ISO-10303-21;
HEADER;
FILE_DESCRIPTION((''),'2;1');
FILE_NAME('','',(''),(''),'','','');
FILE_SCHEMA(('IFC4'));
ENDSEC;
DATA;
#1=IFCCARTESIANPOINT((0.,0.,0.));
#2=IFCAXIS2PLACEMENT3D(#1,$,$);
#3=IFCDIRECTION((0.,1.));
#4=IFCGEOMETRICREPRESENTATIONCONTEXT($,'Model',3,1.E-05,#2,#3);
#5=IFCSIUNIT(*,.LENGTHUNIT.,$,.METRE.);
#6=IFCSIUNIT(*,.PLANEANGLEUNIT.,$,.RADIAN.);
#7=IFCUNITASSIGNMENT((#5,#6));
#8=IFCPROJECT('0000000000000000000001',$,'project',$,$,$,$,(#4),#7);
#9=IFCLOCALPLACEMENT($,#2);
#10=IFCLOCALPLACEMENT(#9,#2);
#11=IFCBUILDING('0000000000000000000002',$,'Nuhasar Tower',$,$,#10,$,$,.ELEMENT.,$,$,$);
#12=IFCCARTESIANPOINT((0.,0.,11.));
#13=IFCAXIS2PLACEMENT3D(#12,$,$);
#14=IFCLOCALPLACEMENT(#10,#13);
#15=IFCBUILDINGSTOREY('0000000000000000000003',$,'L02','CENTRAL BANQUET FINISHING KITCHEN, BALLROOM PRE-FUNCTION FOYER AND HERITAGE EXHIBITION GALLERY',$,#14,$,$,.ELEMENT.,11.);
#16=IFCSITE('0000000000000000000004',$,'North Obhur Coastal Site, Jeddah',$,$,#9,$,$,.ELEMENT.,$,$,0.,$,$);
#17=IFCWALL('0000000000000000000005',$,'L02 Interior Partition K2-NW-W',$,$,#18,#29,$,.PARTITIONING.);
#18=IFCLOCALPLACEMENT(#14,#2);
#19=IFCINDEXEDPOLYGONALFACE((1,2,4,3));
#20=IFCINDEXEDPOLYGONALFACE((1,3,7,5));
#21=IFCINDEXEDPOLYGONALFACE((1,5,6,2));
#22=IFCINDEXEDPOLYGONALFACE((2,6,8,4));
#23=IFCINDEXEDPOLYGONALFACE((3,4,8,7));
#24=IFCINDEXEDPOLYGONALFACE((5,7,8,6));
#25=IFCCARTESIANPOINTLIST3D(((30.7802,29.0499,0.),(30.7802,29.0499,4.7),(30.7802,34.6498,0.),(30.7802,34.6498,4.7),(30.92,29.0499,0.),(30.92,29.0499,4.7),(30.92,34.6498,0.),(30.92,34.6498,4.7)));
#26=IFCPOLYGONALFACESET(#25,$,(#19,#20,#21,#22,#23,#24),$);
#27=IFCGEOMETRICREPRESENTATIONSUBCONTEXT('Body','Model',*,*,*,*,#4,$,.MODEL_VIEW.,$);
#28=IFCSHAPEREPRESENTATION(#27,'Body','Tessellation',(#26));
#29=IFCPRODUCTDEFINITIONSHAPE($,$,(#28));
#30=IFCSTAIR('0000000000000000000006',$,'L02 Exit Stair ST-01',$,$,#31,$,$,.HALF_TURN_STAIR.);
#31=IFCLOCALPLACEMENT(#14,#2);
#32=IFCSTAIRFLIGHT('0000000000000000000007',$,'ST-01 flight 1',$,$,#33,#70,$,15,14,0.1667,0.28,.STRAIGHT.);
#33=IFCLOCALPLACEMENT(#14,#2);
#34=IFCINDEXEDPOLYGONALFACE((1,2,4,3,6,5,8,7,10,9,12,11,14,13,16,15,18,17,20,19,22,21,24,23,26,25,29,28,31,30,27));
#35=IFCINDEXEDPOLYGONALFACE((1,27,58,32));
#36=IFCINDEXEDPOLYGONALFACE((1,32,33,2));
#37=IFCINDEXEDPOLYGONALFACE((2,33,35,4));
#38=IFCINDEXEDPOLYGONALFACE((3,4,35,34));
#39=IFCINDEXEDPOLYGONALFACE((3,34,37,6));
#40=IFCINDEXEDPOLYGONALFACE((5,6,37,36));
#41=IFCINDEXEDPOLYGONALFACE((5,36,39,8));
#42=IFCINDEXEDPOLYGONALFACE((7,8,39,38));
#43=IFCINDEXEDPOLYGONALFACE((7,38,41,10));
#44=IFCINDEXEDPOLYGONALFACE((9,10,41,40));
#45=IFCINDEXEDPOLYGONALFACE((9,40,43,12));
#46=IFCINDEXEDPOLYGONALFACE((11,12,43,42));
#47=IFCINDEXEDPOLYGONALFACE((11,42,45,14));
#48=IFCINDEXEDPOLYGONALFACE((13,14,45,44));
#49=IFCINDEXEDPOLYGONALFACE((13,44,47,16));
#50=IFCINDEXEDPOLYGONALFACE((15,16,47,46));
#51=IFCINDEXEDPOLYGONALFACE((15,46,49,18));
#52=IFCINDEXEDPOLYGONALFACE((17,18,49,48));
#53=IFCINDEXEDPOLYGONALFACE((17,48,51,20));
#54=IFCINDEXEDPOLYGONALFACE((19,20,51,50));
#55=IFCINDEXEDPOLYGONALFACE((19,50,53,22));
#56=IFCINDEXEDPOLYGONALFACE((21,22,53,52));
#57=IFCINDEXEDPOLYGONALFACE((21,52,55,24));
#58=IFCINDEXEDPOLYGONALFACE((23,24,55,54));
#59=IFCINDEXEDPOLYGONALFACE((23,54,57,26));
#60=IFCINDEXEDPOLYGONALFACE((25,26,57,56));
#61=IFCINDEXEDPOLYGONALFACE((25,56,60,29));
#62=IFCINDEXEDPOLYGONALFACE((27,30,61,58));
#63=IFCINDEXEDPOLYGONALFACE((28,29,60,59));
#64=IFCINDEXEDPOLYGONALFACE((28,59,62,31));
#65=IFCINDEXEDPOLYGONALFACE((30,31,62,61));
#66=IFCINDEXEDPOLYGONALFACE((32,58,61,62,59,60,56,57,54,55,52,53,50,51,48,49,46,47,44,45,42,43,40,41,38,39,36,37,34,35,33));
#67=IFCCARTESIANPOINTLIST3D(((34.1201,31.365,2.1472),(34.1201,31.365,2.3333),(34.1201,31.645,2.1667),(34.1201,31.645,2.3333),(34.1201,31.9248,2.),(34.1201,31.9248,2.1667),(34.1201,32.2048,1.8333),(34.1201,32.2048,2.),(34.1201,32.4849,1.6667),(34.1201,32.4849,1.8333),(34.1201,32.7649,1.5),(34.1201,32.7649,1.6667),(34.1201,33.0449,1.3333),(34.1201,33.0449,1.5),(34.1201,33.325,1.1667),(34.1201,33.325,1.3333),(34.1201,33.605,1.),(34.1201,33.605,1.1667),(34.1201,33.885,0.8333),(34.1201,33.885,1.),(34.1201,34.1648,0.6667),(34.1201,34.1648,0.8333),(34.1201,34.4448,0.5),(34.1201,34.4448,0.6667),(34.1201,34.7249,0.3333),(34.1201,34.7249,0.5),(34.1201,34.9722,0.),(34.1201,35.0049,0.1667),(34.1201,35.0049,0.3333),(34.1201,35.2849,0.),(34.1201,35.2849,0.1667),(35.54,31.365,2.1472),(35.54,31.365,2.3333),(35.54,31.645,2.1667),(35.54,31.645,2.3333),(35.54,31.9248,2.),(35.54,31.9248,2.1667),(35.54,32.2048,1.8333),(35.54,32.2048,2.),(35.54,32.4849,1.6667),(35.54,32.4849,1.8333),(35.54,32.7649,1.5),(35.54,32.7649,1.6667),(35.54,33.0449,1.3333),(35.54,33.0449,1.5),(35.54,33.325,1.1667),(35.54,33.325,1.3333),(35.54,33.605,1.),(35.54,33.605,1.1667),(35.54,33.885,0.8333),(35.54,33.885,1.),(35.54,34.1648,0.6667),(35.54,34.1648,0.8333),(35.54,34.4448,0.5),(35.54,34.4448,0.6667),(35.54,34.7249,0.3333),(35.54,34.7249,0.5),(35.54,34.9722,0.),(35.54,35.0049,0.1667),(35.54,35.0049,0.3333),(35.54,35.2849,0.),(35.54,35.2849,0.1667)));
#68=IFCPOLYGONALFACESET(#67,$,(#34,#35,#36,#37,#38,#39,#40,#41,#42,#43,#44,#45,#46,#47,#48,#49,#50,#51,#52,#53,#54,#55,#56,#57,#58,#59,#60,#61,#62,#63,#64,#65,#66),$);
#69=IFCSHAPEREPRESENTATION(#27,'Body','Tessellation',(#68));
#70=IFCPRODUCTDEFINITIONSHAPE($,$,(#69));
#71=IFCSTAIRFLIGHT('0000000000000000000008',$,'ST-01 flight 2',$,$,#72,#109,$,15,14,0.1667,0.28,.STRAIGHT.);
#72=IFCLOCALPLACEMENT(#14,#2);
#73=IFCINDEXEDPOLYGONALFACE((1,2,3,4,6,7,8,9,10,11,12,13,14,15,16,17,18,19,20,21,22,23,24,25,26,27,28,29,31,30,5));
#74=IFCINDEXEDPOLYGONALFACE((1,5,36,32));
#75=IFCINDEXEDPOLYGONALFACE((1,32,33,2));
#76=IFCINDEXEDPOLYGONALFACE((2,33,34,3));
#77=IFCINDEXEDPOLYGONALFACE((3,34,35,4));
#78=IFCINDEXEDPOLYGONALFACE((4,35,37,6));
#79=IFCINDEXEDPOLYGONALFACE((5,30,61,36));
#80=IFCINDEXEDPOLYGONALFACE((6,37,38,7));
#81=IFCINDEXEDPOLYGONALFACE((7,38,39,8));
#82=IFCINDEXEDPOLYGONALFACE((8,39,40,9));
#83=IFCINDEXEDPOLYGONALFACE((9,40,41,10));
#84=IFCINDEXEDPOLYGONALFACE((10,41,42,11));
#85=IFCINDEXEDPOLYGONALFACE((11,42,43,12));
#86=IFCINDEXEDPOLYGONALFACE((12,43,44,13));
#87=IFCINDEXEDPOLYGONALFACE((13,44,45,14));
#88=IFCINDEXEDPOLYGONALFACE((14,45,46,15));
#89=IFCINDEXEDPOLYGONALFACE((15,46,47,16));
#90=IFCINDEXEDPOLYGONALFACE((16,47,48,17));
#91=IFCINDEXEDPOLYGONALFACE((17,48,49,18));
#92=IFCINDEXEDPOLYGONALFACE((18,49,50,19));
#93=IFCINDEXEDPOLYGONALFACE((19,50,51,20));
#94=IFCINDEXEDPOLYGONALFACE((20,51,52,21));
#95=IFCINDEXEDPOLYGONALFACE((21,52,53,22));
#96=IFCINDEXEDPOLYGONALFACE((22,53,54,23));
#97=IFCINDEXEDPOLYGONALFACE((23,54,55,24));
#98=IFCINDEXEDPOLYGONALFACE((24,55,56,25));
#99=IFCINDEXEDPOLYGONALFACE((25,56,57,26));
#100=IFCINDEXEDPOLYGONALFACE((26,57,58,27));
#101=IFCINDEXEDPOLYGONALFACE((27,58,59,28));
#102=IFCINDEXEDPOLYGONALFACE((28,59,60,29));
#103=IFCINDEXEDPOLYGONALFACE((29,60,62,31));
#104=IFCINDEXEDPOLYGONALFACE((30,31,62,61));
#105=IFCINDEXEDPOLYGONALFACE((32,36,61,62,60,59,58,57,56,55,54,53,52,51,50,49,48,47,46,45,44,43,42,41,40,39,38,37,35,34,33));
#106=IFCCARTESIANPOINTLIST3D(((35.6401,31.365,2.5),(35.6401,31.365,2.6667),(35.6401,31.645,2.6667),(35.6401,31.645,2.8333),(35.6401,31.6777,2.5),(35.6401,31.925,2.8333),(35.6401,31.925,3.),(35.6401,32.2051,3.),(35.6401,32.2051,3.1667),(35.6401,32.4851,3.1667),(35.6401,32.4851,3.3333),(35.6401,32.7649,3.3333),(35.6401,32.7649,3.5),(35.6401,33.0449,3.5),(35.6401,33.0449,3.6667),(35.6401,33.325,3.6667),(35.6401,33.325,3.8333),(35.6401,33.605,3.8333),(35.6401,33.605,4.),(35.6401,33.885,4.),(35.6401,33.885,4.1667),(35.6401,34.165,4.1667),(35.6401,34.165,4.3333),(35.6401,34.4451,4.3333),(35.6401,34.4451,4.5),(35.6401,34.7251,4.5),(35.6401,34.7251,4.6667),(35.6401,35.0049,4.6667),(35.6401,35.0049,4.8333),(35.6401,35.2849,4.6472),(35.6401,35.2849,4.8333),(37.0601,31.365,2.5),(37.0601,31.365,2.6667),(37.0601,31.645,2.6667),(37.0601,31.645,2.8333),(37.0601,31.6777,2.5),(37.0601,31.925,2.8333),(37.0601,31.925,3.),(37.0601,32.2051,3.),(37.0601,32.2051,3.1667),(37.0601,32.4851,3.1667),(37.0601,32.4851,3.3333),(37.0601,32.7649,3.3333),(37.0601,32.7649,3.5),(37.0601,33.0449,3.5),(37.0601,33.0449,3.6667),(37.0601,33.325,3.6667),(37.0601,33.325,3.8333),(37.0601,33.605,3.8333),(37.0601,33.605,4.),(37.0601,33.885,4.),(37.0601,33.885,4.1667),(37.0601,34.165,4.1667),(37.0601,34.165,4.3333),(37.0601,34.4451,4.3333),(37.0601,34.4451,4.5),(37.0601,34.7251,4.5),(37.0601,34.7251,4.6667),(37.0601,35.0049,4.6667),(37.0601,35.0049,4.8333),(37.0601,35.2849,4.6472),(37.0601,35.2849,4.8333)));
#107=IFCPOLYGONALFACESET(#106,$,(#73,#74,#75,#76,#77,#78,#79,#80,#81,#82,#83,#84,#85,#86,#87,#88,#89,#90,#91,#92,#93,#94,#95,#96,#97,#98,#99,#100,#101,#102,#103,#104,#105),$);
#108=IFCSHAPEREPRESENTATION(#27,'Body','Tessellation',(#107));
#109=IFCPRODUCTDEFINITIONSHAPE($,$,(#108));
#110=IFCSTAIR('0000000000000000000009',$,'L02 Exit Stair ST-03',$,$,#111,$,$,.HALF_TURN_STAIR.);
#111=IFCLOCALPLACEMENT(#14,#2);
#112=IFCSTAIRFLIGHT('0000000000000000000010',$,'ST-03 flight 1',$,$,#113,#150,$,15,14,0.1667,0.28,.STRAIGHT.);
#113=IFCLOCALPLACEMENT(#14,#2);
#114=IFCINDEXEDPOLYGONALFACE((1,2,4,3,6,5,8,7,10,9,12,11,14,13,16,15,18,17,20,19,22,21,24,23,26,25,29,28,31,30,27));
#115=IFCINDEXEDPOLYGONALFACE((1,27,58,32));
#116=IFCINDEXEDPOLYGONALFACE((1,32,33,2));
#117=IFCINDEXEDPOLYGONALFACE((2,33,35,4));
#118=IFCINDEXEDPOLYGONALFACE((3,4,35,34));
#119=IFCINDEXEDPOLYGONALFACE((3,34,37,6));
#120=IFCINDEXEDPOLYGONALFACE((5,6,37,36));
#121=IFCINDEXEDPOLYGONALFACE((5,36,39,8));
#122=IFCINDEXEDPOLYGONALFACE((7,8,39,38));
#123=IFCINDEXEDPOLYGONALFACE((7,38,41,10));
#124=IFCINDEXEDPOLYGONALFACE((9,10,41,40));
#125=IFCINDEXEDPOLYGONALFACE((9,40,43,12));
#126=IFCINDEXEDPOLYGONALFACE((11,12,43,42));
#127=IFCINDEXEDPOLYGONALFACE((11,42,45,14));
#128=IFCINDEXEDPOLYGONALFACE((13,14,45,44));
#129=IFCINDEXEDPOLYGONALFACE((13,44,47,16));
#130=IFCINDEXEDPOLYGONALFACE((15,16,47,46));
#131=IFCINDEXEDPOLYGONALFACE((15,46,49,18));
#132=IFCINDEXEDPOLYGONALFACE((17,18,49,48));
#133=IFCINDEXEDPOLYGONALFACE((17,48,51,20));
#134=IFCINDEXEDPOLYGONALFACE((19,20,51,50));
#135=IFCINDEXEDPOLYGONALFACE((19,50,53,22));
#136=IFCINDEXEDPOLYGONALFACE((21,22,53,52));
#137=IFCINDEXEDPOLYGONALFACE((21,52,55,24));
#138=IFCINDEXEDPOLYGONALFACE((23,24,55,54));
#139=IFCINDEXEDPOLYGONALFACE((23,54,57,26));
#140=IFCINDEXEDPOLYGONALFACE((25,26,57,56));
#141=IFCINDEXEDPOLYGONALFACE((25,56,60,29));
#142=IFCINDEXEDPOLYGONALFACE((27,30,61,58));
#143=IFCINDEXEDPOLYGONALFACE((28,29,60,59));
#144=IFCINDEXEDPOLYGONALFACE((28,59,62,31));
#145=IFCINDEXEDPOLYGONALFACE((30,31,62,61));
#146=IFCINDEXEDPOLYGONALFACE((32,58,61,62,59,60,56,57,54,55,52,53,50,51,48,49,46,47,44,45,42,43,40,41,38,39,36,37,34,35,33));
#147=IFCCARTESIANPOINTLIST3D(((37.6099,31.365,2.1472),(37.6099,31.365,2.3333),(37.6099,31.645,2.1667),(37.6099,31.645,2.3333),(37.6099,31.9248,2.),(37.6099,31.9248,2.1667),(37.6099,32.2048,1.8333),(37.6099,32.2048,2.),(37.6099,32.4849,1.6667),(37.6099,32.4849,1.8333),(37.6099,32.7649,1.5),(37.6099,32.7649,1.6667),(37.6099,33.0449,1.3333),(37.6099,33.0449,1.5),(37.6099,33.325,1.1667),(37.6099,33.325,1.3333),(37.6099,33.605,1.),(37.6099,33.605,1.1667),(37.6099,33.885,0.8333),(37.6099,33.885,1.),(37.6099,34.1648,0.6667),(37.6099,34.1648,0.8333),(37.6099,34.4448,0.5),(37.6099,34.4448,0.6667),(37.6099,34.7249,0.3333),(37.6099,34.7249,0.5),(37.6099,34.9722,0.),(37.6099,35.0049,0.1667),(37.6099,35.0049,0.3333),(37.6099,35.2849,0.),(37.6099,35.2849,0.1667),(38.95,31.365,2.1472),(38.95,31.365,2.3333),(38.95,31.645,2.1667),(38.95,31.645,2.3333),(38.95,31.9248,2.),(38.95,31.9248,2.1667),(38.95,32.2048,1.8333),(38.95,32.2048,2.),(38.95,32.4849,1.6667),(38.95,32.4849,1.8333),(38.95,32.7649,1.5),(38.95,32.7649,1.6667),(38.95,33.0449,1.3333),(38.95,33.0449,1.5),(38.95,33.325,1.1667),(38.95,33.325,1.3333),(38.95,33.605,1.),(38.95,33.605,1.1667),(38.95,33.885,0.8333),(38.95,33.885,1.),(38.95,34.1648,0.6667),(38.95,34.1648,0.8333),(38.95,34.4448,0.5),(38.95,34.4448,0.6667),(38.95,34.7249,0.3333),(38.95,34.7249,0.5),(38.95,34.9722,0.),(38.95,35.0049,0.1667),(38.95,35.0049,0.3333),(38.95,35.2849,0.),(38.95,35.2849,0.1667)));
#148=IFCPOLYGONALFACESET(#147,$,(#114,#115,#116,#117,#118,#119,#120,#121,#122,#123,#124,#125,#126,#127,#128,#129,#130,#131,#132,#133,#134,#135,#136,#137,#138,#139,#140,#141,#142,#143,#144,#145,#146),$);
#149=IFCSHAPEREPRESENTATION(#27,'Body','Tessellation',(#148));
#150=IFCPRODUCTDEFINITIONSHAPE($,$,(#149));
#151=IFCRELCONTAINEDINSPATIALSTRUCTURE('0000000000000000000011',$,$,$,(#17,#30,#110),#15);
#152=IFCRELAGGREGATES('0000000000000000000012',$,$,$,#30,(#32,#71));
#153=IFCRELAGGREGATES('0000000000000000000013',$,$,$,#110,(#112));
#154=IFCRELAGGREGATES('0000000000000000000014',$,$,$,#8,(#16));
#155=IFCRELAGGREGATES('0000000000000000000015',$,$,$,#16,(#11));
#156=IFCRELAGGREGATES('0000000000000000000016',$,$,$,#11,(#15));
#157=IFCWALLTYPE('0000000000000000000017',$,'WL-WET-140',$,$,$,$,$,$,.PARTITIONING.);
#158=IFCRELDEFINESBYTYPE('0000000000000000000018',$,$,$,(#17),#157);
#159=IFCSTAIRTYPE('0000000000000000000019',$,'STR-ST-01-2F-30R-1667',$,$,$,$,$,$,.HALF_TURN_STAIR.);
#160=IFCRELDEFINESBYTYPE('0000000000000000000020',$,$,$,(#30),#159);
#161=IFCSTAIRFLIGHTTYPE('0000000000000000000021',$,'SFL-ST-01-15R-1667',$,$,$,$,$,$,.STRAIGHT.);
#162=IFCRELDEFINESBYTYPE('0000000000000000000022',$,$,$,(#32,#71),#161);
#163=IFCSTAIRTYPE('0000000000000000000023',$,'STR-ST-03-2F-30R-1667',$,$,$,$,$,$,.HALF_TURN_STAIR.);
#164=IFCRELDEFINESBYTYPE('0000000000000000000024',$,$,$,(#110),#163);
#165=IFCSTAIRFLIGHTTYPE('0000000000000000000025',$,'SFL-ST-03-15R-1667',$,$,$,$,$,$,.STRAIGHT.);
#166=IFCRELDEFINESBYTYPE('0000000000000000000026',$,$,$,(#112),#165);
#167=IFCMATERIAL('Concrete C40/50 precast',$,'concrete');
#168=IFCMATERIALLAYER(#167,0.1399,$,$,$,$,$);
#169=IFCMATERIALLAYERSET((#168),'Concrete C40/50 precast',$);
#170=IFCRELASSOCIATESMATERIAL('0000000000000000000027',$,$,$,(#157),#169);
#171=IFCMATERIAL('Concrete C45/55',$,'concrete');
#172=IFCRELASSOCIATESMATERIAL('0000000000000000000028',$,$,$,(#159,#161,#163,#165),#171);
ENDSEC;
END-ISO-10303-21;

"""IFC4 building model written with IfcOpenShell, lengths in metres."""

from ifc_helpers import new_model, si_unit, direction, frame, frame_2d, origin, place, context, subcontext, project, spatial, polyline, rectangle, outline, extrude, material, layer, layer_set, type_object, element, aggregate, save


model = new_model("IFC4")

# Units and contexts
model_context = context("Model", 3, precision=1e-05, world=origin(), true_north=direction((0.0, 1.0)))
body_context = subcontext(model_context, "Body", "Model", "MODEL_VIEW")
ifc_project = project(units=[si_unit("LENGTHUNIT", "METRE"), si_unit("PLANEANGLEUNIT", "RADIAN")], contexts=[model_context])

# Site, building, storey
site_placement = place(None, origin())
site = spatial("IfcSite", under=ifc_project, at=site_placement, Name="North Obhur Coastal Site, Jeddah", CompositionType="ELEMENT", RefElevation=0.0)
building_placement = place(site_placement, origin())
building = spatial("IfcBuilding", under=site, at=building_placement, Name="Nuhasar Tower", CompositionType="ELEMENT")
storey_placement = place(building_placement, frame((0.0, 0.0, 11.0)))
storey = spatial("IfcBuildingStorey", under=building, at=storey_placement, Name="L02", Description="CENTRAL BANQUET FINISHING KITCHEN, BALLROOM PRE-FUNCTION FOYER AND HERITAGE EXHIBITION GALLERY", CompositionType="ELEMENT", Elevation=11.0)

# Shared definitions
ifc_material_1 = material(Name="Concrete C45/55", Category="concrete")
ifc_material_2 = material(Name="Concrete C40/50 precast", Category="concrete")
ifc_layer_1 = layer(ifc_material_2, 0.1399)
ifc_layer_set_1 = layer_set([ifc_layer_1], Name="Concrete C40/50 precast")
wall_type_1 = type_object("IfcWallType", Name="WL-WET-140", PredefinedType="PARTITIONING", material=ifc_layer_set_1)

# Wall
wall_1_placement = place(storey_placement, frame((30.8501, 29.05, 0.0), z_axis=(0.0, 0.0, 1.0), x_axis=(0.0, 1.0, 0.0)))
element("IfcWall", 1, at=wall_1_placement, inside=storey, type_object=wall_type_1, Name="L02 Interior Partition K2-NW-W", PredefinedType="PARTITIONING", context=body_context, shape_type="SweptSolid", body=[
    extrude(rectangle(XDim=5.5999, YDim=0.1399, at=frame_2d((2.7998, 0.0))), origin(), (0.0, 0.0, 1.0), 4.7),
])

# Stair, stair flights
stair_type_1 = type_object("IfcStairType", Name="STR-ST-01-2F-30R-1667", PredefinedType="HALF_TURN_STAIR", material=ifc_material_1)
stair_1_placement = place(storey_placement, origin())
stair_1 = element("IfcStair", 2, at=stair_1_placement, inside=storey, type_object=stair_type_1, Name="L02 Exit Stair ST-01", PredefinedType="HALF_TURN_STAIR")
stair_flight_type_1 = type_object("IfcStairFlightType", Name="SFL-ST-01-15R-1667", PredefinedType="STRAIGHT", material=ifc_material_1)
stair_flight_1_placement = place(storey_placement, frame((34.8301, 35.2849, 0.0), z_axis=(0.0, 0.0, 1.0), x_axis=(0.0, -1.0, 0.0)))
stair_flight_1 = element("IfcStairFlight", 3, at=stair_flight_1_placement, type_object=stair_flight_type_1, Name="ST-01 flight 1", NumberOfRisers=15, NumberOfTreads=14, PredefinedType="STRAIGHT", RiserHeight=0.1667, TreadLength=0.28, context=body_context, shape_type="SweptSolid", body=[
    extrude(outline(polyline([(0.0, 0.0), (0.0, 0.1667), (0.28, 0.1667), (0.28, 0.3333), (0.5601, 0.3333), (0.5601, 0.5), (0.8401, 0.5), (0.8401, 0.6667), (1.1201, 0.6667), (1.1201, 0.8333), (1.3999, 0.8333), (1.3999, 1.0), (1.6799, 1.0), (1.6799, 1.1667), (1.96, 1.1667), (1.96, 1.3333), (2.24, 1.3333), (2.24, 1.5), (2.52, 1.5), (2.52, 1.6667), (2.8, 1.6667), (2.8, 1.8333), (3.0801, 1.8333), (3.0801, 2.0), (3.3601, 2.0), (3.3601, 2.1667), (3.6399, 2.1667), (3.6399, 2.3333), (3.9199, 2.3333), (3.9199, 2.5), (3.9199, 2.1472), (0.3127, 0.0), (0.0, 0.0)])), frame((0.0, 0.71, 0.0), z_axis=(0.0, -1.0, 0.0), x_axis=(1.0, 0.0, 0.0)), (0.0, 0.0, 1.0), 1.4199),
])
stair_flight_2_placement = place(storey_placement, frame((36.3501, 31.365, 2.5), z_axis=(0.0, 0.0, 1.0), x_axis=(0.0, 1.0, 0.0)))
stair_flight_2 = element("IfcStairFlight", 4, at=stair_flight_2_placement, type_object=stair_flight_type_1, Name="ST-01 flight 2", NumberOfRisers=15, NumberOfTreads=14, PredefinedType="STRAIGHT", RiserHeight=0.1667, TreadLength=0.28, context=body_context, shape_type="SweptSolid", body=[
    extrude(outline(polyline([(0.0, 0.0), (0.0, 0.1667), (0.28, 0.1667), (0.28, 0.3333), (0.5601, 0.3333), (0.5601, 0.5), (0.8401, 0.5), (0.8401, 0.6667), (1.1201, 0.6667), (1.1201, 0.8333), (1.3999, 0.8333), (1.3999, 1.0), (1.6799, 1.0), (1.6799, 1.1667), (1.96, 1.1667), (1.96, 1.3333), (2.24, 1.3333), (2.24, 1.5), (2.52, 1.5), (2.52, 1.6667), (2.8, 1.6667), (2.8, 1.8333), (3.0801, 1.8333), (3.0801, 2.0), (3.3601, 2.0), (3.3601, 2.1667), (3.6399, 2.1667), (3.6399, 2.3333), (3.9199, 2.3333), (3.9199, 2.5), (3.9199, 2.1472), (0.3127, 0.0), (0.0, 0.0)])), frame((0.0, 0.71, 0.0), z_axis=(0.0, -1.0, 0.0), x_axis=(1.0, 0.0, 0.0)), (0.0, 0.0, 1.0), 1.4199),
])
aggregate(stair_1, [stair_flight_1, stair_flight_2])

# Stair, stair flight
stair_type_2 = type_object("IfcStairType", Name="STR-ST-03-2F-30R-1667", PredefinedType="HALF_TURN_STAIR", material=ifc_material_1)
stair_2_placement = place(storey_placement, origin())
stair_2 = element("IfcStair", 5, at=stair_2_placement, inside=storey, type_object=stair_type_2, Name="L02 Exit Stair ST-03", PredefinedType="HALF_TURN_STAIR")
stair_flight_type_2 = type_object("IfcStairFlightType", Name="SFL-ST-03-15R-1667", PredefinedType="STRAIGHT", material=ifc_material_1)
stair_flight_3_placement = place(storey_placement, frame((38.28, 35.2849, 0.0), z_axis=(0.0, 0.0, 1.0), x_axis=(0.0, -1.0, 0.0)))
stair_flight_3 = element("IfcStairFlight", 6, at=stair_flight_3_placement, type_object=stair_flight_type_2, Name="ST-03 flight 1", NumberOfRisers=15, NumberOfTreads=14, PredefinedType="STRAIGHT", RiserHeight=0.1667, TreadLength=0.28, context=body_context, shape_type="SweptSolid", body=[
    extrude(outline(polyline([(0.0, 0.0), (0.0, 0.1667), (0.28, 0.1667), (0.28, 0.3333), (0.5601, 0.3333), (0.5601, 0.5), (0.8401, 0.5), (0.8401, 0.6667), (1.1201, 0.6667), (1.1201, 0.8333), (1.3999, 0.8333), (1.3999, 1.0), (1.6799, 1.0), (1.6799, 1.1667), (1.96, 1.1667), (1.96, 1.3333), (2.24, 1.3333), (2.24, 1.5), (2.52, 1.5), (2.52, 1.6667), (2.8, 1.6667), (2.8, 1.8333), (3.0801, 1.8333), (3.0801, 2.0), (3.3601, 2.0), (3.3601, 2.1667), (3.6399, 2.1667), (3.6399, 2.3333), (3.9199, 2.3333), (3.9199, 2.5), (3.9199, 2.1472), (0.3127, 0.0), (0.0, 0.0)])), frame((0.0, 0.6699, 0.0), z_axis=(0.0, -1.0, 0.0), x_axis=(1.0, 0.0, 0.0)), (0.0, 0.0, 1.0), 1.3401),
])
aggregate(stair_2, [stair_flight_3])

save(model, "model.ifc")
